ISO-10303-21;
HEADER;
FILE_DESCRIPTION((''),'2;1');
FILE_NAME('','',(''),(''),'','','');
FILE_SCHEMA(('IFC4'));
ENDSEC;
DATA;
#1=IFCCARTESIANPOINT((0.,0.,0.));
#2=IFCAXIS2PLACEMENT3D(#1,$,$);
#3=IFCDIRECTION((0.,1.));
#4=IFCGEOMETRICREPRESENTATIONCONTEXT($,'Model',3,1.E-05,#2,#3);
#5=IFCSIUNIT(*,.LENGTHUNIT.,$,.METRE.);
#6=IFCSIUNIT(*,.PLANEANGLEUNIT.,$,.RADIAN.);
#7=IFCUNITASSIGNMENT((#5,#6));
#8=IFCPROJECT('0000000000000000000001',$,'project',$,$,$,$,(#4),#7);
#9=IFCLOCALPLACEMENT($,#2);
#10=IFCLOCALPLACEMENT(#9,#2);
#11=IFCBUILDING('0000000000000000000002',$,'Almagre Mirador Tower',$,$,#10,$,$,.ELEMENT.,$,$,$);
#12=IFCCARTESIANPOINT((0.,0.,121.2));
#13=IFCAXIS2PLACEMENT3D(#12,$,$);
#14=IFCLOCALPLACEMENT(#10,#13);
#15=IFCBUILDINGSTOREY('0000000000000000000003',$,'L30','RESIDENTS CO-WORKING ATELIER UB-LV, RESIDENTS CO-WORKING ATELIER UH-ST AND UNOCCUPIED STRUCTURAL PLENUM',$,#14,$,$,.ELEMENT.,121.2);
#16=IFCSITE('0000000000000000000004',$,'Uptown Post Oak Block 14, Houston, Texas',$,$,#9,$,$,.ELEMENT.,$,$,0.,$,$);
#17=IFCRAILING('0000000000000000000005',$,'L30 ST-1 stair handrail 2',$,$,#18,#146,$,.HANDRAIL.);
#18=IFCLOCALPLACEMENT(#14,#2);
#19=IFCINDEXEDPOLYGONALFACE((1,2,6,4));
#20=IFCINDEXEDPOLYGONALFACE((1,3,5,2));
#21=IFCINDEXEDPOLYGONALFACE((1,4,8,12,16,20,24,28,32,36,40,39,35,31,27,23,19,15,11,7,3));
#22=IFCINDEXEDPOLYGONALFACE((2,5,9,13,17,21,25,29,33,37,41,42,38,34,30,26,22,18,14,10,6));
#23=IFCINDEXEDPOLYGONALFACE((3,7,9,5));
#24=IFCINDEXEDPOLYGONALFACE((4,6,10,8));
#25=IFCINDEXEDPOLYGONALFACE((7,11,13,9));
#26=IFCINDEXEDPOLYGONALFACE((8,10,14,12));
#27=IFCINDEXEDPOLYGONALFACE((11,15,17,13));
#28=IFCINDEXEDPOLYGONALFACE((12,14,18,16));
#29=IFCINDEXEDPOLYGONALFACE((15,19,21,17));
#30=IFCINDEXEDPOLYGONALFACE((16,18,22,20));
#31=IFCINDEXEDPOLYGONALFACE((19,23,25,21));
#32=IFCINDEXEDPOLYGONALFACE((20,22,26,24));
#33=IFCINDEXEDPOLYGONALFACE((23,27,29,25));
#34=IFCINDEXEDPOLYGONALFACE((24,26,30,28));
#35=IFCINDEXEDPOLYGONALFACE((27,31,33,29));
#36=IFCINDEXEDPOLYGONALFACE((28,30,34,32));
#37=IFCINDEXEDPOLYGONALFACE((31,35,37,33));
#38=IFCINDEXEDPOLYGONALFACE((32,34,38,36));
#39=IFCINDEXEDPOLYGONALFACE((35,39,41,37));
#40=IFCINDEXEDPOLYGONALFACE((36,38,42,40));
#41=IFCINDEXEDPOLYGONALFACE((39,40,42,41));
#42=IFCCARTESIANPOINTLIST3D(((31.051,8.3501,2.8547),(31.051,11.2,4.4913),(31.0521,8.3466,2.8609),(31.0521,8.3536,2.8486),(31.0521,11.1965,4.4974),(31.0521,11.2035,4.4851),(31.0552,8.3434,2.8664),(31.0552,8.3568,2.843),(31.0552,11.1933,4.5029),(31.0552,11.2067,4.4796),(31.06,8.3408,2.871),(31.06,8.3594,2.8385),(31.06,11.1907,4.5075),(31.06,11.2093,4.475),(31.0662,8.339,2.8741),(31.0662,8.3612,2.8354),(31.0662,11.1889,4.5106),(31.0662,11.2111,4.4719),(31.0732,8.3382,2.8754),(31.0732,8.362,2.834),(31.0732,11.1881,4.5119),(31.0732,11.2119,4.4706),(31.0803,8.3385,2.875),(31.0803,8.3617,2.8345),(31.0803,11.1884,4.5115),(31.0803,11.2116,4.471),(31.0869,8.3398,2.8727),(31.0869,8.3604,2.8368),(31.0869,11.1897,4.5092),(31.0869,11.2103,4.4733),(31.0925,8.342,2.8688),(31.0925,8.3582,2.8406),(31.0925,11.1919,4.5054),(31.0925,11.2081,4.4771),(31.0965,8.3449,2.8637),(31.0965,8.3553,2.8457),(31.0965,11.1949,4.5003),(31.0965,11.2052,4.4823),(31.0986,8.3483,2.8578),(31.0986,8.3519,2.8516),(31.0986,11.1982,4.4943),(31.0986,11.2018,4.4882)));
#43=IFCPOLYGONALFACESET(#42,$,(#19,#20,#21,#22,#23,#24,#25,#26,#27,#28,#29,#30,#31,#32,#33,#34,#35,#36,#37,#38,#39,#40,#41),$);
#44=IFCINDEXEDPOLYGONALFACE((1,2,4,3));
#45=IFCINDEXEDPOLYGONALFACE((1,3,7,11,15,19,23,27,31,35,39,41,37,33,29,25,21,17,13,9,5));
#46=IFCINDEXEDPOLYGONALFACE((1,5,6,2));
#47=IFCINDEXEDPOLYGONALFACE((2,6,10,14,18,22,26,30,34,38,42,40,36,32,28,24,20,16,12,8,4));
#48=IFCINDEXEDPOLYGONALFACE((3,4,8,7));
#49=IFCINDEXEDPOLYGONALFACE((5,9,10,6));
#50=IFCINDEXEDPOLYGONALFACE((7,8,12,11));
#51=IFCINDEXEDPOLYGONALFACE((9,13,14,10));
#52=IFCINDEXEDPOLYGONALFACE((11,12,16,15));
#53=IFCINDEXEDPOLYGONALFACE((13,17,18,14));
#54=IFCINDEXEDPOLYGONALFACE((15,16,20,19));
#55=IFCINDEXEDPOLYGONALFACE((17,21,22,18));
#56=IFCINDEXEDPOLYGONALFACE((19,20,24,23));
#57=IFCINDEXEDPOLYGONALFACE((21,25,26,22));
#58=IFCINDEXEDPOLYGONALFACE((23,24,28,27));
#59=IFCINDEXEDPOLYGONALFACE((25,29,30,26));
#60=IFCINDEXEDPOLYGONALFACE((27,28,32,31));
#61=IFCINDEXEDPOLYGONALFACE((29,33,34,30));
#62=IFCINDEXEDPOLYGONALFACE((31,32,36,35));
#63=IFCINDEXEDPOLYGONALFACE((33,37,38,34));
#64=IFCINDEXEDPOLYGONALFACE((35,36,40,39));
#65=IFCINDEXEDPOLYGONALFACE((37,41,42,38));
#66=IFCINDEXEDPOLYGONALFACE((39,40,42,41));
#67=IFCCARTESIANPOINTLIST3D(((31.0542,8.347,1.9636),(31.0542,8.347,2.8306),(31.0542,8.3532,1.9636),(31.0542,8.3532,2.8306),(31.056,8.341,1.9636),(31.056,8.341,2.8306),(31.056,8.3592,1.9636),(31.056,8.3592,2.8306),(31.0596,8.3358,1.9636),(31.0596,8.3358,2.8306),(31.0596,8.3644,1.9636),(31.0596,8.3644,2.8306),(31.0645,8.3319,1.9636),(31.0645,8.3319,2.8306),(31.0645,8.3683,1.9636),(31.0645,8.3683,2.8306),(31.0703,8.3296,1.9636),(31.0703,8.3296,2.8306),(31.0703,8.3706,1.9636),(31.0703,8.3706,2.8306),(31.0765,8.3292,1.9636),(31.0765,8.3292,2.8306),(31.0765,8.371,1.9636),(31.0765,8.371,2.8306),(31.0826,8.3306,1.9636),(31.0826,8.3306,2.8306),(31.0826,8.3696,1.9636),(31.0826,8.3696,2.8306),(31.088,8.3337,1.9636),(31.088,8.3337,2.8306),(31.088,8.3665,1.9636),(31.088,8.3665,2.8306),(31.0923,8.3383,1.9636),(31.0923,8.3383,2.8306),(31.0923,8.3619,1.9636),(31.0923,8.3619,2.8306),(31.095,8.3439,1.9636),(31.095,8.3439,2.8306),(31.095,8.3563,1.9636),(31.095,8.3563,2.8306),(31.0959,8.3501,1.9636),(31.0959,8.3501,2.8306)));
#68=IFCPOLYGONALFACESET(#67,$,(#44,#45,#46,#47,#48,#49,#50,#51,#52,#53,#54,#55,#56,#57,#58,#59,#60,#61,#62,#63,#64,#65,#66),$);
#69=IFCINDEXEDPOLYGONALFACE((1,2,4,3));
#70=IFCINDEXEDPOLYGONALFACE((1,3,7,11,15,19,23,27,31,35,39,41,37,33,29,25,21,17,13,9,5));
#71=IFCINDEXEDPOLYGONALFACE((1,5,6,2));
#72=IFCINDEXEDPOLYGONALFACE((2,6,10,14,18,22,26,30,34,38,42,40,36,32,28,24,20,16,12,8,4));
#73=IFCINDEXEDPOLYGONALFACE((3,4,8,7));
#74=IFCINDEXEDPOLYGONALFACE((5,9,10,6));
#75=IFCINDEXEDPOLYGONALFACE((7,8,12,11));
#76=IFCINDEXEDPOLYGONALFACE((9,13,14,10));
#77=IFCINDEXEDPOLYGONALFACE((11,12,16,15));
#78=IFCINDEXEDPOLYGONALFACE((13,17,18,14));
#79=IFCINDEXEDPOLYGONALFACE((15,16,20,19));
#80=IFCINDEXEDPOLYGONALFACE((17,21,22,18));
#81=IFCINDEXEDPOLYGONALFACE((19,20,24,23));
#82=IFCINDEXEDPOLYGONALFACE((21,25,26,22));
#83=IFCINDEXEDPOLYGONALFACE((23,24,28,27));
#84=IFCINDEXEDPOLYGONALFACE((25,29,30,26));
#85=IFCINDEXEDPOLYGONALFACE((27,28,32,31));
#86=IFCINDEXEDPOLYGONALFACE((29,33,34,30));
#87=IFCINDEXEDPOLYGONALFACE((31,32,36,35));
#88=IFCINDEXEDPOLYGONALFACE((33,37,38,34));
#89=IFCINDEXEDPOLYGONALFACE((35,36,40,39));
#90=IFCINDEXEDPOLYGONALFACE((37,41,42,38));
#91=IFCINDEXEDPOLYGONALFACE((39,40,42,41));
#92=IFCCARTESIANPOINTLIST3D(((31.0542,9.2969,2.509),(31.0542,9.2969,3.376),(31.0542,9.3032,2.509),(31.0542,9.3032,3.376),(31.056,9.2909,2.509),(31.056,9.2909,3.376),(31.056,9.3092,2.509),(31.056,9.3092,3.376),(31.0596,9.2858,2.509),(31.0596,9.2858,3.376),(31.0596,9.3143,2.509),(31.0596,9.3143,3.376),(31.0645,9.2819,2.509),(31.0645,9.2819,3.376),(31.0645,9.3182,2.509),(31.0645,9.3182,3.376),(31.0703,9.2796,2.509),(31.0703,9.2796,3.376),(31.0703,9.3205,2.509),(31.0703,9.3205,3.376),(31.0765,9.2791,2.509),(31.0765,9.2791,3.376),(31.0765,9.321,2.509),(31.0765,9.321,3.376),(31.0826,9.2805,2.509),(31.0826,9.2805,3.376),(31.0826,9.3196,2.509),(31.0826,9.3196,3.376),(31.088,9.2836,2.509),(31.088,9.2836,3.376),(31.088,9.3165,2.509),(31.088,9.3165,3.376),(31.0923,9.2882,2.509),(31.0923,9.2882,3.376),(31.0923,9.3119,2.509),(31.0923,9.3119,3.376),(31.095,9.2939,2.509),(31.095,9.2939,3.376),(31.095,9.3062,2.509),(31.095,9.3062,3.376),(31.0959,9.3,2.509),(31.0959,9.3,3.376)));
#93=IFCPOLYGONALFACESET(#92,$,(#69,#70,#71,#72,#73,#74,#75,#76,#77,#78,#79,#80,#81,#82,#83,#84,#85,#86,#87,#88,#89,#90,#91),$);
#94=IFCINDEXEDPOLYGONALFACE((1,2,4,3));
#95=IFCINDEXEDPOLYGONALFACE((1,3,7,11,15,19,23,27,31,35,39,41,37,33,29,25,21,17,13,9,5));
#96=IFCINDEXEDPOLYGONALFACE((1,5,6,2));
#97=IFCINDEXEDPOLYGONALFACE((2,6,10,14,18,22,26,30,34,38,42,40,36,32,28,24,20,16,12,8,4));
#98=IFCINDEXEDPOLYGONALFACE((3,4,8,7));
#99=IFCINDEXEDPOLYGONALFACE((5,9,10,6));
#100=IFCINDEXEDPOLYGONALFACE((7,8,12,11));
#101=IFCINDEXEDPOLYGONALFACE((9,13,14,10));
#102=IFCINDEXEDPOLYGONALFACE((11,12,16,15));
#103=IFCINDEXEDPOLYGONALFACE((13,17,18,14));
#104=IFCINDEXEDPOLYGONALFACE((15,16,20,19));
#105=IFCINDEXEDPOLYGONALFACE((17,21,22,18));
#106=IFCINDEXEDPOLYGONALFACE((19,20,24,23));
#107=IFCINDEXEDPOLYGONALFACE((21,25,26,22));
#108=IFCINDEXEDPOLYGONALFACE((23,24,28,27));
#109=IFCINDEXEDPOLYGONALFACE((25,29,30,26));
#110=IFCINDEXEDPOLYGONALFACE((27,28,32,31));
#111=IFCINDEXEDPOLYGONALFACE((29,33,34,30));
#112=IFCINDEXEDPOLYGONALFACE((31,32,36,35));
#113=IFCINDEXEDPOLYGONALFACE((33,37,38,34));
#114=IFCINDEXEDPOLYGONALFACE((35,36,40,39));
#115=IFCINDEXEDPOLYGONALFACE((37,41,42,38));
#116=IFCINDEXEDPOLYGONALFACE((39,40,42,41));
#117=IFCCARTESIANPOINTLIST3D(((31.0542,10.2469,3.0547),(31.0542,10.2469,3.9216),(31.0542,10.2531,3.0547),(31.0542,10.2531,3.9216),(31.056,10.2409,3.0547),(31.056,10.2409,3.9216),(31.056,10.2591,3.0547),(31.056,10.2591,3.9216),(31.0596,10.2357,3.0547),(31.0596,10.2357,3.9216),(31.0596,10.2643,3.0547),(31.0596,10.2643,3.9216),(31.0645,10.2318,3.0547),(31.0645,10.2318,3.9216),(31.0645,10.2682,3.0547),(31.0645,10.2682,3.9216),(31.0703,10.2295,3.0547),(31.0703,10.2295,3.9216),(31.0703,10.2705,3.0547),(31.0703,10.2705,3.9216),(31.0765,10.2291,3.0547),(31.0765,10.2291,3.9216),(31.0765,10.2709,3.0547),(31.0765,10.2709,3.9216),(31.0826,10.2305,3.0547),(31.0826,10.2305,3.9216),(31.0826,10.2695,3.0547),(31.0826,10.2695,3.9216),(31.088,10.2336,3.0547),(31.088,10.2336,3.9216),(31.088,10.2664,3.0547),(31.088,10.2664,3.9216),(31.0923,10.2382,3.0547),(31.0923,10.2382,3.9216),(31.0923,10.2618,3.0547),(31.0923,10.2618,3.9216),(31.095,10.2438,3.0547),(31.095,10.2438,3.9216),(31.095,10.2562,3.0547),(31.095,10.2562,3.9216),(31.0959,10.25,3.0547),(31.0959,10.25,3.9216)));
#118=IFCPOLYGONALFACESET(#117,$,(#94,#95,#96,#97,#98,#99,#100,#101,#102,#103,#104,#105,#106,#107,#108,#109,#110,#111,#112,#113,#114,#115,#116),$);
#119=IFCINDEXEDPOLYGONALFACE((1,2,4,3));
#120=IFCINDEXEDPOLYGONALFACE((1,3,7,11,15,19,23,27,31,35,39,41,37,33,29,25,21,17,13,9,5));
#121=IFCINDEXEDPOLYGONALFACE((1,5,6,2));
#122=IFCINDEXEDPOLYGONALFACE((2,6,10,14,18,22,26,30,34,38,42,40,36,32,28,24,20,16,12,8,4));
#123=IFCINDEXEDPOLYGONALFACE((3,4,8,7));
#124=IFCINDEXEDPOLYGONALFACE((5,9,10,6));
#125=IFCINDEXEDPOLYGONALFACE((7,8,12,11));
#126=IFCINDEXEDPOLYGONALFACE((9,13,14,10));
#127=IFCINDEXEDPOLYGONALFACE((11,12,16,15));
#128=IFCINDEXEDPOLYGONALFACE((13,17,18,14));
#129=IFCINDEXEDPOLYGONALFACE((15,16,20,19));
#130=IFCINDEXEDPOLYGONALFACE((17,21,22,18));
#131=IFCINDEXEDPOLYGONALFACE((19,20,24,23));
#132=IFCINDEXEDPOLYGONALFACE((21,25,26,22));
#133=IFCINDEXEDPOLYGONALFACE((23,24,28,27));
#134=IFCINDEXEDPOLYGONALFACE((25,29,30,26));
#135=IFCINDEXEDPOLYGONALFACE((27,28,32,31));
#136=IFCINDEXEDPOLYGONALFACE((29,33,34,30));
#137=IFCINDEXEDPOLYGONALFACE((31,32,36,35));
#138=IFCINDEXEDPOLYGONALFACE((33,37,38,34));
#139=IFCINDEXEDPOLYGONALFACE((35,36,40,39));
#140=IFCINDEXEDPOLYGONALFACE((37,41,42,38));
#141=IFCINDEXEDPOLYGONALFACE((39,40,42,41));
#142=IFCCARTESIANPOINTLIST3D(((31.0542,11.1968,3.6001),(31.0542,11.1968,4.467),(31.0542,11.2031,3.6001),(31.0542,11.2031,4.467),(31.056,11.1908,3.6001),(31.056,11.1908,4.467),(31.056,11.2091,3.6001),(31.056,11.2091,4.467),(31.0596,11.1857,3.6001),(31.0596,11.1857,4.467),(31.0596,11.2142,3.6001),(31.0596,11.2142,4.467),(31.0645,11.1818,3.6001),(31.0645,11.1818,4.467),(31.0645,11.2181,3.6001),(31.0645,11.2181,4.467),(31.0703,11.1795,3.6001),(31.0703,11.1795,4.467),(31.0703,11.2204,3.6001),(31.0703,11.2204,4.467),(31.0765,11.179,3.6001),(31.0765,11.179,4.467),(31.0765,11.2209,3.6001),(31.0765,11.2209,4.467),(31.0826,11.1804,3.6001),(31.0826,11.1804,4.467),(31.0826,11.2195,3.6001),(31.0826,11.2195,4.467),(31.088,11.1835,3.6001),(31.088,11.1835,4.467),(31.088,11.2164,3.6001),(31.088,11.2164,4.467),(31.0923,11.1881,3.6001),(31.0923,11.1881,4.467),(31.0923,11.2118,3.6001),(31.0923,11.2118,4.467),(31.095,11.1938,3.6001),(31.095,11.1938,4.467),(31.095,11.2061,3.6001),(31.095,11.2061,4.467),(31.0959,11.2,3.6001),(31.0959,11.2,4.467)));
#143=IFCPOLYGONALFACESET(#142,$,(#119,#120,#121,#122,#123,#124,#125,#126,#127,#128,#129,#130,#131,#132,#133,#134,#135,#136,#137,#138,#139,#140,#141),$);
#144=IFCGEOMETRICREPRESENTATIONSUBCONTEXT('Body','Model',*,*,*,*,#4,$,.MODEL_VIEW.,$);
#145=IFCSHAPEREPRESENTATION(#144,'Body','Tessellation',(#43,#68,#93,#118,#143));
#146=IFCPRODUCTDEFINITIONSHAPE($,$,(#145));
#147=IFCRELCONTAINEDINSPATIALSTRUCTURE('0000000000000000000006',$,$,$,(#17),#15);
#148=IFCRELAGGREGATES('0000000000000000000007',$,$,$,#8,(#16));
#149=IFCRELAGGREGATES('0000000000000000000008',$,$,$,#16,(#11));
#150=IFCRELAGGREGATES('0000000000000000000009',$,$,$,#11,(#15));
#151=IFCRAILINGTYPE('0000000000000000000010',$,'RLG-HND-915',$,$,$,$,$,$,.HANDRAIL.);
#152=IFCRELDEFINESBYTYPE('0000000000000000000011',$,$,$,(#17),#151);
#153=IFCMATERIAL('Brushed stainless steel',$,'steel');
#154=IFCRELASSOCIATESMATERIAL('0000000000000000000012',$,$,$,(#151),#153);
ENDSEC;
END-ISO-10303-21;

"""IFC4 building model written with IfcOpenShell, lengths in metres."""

from ifc_helpers import new_model, si_unit, direction, frame, origin, origin_2d, place, context, subcontext, project, spatial, circle, extrude, material, type_object, element, save


model = new_model("IFC4")

# Units and contexts
model_context = context("Model", 3, precision=1e-05, world=origin(), true_north=direction((0.0, 1.0)))
body_context = subcontext(model_context, "Body", "Model", "MODEL_VIEW")
ifc_project = project(units=[si_unit("LENGTHUNIT", "METRE"), si_unit("PLANEANGLEUNIT", "RADIAN")], contexts=[model_context])

# Site, building, storey
site_placement = place(None, origin())
site = spatial("IfcSite", under=ifc_project, at=site_placement, Name="Uptown Post Oak Block 14, Houston, Texas", CompositionType="ELEMENT", RefElevation=0.0)
building_placement = place(site_placement, origin())
building = spatial("IfcBuilding", under=site, at=building_placement, Name="Almagre Mirador Tower", CompositionType="ELEMENT")
storey_placement = place(building_placement, frame((0.0, 0.0, 121.2)))
storey = spatial("IfcBuildingStorey", under=building, at=storey_placement, Name="L30", Description="RESIDENTS CO-WORKING ATELIER UB-LV, RESIDENTS CO-WORKING ATELIER UH-ST AND UNOCCUPIED STRUCTURAL PLENUM", CompositionType="ELEMENT", Elevation=121.2)

# Railing
ifc_material_1 = material(Name="Brushed stainless steel", Category="steel")
railing_type_1 = type_object("IfcRailingType", Name="RLG-HND-915", PredefinedType="HANDRAIL", material=ifc_material_1)
railing_1_placement = place(storey_placement, frame((31.075, 8.3501, 1.9636)))
element("IfcRailing", 1, at=railing_1_placement, inside=storey, type_object=railing_type_1, Name="L30 ST-1 stair handrail 2", PredefinedType="HANDRAIL", context=body_context, shape_type="SweptSolid", body=[
    extrude(circle(Radius=0.0239, at=origin_2d()), frame((0.0, 0.0, 0.8911), z_axis=(0.0, 0.867194, 0.49797), x_axis=(-1.0, 0.0, 0.0)), (0.0, 0.0, 1.0), 3.2864),
    extrude(circle(Radius=0.021, at=origin_2d()), origin(), (0.0, 0.0, 1.0), 0.8669),
    extrude(circle(Radius=0.021, at=origin_2d()), frame((0.0, 0.95, 0.5454)), (0.0, 0.0, 1.0), 0.8669),
    extrude(circle(Radius=0.021, at=origin_2d()), frame((0.0, 1.8999, 1.0911)), (0.0, 0.0, 1.0), 0.8669),
    extrude(circle(Radius=0.021, at=origin_2d()), frame((0.0, 2.8499, 1.6365)), (0.0, 0.0, 1.0), 0.8669),
])

save(model, "model.ifc")
